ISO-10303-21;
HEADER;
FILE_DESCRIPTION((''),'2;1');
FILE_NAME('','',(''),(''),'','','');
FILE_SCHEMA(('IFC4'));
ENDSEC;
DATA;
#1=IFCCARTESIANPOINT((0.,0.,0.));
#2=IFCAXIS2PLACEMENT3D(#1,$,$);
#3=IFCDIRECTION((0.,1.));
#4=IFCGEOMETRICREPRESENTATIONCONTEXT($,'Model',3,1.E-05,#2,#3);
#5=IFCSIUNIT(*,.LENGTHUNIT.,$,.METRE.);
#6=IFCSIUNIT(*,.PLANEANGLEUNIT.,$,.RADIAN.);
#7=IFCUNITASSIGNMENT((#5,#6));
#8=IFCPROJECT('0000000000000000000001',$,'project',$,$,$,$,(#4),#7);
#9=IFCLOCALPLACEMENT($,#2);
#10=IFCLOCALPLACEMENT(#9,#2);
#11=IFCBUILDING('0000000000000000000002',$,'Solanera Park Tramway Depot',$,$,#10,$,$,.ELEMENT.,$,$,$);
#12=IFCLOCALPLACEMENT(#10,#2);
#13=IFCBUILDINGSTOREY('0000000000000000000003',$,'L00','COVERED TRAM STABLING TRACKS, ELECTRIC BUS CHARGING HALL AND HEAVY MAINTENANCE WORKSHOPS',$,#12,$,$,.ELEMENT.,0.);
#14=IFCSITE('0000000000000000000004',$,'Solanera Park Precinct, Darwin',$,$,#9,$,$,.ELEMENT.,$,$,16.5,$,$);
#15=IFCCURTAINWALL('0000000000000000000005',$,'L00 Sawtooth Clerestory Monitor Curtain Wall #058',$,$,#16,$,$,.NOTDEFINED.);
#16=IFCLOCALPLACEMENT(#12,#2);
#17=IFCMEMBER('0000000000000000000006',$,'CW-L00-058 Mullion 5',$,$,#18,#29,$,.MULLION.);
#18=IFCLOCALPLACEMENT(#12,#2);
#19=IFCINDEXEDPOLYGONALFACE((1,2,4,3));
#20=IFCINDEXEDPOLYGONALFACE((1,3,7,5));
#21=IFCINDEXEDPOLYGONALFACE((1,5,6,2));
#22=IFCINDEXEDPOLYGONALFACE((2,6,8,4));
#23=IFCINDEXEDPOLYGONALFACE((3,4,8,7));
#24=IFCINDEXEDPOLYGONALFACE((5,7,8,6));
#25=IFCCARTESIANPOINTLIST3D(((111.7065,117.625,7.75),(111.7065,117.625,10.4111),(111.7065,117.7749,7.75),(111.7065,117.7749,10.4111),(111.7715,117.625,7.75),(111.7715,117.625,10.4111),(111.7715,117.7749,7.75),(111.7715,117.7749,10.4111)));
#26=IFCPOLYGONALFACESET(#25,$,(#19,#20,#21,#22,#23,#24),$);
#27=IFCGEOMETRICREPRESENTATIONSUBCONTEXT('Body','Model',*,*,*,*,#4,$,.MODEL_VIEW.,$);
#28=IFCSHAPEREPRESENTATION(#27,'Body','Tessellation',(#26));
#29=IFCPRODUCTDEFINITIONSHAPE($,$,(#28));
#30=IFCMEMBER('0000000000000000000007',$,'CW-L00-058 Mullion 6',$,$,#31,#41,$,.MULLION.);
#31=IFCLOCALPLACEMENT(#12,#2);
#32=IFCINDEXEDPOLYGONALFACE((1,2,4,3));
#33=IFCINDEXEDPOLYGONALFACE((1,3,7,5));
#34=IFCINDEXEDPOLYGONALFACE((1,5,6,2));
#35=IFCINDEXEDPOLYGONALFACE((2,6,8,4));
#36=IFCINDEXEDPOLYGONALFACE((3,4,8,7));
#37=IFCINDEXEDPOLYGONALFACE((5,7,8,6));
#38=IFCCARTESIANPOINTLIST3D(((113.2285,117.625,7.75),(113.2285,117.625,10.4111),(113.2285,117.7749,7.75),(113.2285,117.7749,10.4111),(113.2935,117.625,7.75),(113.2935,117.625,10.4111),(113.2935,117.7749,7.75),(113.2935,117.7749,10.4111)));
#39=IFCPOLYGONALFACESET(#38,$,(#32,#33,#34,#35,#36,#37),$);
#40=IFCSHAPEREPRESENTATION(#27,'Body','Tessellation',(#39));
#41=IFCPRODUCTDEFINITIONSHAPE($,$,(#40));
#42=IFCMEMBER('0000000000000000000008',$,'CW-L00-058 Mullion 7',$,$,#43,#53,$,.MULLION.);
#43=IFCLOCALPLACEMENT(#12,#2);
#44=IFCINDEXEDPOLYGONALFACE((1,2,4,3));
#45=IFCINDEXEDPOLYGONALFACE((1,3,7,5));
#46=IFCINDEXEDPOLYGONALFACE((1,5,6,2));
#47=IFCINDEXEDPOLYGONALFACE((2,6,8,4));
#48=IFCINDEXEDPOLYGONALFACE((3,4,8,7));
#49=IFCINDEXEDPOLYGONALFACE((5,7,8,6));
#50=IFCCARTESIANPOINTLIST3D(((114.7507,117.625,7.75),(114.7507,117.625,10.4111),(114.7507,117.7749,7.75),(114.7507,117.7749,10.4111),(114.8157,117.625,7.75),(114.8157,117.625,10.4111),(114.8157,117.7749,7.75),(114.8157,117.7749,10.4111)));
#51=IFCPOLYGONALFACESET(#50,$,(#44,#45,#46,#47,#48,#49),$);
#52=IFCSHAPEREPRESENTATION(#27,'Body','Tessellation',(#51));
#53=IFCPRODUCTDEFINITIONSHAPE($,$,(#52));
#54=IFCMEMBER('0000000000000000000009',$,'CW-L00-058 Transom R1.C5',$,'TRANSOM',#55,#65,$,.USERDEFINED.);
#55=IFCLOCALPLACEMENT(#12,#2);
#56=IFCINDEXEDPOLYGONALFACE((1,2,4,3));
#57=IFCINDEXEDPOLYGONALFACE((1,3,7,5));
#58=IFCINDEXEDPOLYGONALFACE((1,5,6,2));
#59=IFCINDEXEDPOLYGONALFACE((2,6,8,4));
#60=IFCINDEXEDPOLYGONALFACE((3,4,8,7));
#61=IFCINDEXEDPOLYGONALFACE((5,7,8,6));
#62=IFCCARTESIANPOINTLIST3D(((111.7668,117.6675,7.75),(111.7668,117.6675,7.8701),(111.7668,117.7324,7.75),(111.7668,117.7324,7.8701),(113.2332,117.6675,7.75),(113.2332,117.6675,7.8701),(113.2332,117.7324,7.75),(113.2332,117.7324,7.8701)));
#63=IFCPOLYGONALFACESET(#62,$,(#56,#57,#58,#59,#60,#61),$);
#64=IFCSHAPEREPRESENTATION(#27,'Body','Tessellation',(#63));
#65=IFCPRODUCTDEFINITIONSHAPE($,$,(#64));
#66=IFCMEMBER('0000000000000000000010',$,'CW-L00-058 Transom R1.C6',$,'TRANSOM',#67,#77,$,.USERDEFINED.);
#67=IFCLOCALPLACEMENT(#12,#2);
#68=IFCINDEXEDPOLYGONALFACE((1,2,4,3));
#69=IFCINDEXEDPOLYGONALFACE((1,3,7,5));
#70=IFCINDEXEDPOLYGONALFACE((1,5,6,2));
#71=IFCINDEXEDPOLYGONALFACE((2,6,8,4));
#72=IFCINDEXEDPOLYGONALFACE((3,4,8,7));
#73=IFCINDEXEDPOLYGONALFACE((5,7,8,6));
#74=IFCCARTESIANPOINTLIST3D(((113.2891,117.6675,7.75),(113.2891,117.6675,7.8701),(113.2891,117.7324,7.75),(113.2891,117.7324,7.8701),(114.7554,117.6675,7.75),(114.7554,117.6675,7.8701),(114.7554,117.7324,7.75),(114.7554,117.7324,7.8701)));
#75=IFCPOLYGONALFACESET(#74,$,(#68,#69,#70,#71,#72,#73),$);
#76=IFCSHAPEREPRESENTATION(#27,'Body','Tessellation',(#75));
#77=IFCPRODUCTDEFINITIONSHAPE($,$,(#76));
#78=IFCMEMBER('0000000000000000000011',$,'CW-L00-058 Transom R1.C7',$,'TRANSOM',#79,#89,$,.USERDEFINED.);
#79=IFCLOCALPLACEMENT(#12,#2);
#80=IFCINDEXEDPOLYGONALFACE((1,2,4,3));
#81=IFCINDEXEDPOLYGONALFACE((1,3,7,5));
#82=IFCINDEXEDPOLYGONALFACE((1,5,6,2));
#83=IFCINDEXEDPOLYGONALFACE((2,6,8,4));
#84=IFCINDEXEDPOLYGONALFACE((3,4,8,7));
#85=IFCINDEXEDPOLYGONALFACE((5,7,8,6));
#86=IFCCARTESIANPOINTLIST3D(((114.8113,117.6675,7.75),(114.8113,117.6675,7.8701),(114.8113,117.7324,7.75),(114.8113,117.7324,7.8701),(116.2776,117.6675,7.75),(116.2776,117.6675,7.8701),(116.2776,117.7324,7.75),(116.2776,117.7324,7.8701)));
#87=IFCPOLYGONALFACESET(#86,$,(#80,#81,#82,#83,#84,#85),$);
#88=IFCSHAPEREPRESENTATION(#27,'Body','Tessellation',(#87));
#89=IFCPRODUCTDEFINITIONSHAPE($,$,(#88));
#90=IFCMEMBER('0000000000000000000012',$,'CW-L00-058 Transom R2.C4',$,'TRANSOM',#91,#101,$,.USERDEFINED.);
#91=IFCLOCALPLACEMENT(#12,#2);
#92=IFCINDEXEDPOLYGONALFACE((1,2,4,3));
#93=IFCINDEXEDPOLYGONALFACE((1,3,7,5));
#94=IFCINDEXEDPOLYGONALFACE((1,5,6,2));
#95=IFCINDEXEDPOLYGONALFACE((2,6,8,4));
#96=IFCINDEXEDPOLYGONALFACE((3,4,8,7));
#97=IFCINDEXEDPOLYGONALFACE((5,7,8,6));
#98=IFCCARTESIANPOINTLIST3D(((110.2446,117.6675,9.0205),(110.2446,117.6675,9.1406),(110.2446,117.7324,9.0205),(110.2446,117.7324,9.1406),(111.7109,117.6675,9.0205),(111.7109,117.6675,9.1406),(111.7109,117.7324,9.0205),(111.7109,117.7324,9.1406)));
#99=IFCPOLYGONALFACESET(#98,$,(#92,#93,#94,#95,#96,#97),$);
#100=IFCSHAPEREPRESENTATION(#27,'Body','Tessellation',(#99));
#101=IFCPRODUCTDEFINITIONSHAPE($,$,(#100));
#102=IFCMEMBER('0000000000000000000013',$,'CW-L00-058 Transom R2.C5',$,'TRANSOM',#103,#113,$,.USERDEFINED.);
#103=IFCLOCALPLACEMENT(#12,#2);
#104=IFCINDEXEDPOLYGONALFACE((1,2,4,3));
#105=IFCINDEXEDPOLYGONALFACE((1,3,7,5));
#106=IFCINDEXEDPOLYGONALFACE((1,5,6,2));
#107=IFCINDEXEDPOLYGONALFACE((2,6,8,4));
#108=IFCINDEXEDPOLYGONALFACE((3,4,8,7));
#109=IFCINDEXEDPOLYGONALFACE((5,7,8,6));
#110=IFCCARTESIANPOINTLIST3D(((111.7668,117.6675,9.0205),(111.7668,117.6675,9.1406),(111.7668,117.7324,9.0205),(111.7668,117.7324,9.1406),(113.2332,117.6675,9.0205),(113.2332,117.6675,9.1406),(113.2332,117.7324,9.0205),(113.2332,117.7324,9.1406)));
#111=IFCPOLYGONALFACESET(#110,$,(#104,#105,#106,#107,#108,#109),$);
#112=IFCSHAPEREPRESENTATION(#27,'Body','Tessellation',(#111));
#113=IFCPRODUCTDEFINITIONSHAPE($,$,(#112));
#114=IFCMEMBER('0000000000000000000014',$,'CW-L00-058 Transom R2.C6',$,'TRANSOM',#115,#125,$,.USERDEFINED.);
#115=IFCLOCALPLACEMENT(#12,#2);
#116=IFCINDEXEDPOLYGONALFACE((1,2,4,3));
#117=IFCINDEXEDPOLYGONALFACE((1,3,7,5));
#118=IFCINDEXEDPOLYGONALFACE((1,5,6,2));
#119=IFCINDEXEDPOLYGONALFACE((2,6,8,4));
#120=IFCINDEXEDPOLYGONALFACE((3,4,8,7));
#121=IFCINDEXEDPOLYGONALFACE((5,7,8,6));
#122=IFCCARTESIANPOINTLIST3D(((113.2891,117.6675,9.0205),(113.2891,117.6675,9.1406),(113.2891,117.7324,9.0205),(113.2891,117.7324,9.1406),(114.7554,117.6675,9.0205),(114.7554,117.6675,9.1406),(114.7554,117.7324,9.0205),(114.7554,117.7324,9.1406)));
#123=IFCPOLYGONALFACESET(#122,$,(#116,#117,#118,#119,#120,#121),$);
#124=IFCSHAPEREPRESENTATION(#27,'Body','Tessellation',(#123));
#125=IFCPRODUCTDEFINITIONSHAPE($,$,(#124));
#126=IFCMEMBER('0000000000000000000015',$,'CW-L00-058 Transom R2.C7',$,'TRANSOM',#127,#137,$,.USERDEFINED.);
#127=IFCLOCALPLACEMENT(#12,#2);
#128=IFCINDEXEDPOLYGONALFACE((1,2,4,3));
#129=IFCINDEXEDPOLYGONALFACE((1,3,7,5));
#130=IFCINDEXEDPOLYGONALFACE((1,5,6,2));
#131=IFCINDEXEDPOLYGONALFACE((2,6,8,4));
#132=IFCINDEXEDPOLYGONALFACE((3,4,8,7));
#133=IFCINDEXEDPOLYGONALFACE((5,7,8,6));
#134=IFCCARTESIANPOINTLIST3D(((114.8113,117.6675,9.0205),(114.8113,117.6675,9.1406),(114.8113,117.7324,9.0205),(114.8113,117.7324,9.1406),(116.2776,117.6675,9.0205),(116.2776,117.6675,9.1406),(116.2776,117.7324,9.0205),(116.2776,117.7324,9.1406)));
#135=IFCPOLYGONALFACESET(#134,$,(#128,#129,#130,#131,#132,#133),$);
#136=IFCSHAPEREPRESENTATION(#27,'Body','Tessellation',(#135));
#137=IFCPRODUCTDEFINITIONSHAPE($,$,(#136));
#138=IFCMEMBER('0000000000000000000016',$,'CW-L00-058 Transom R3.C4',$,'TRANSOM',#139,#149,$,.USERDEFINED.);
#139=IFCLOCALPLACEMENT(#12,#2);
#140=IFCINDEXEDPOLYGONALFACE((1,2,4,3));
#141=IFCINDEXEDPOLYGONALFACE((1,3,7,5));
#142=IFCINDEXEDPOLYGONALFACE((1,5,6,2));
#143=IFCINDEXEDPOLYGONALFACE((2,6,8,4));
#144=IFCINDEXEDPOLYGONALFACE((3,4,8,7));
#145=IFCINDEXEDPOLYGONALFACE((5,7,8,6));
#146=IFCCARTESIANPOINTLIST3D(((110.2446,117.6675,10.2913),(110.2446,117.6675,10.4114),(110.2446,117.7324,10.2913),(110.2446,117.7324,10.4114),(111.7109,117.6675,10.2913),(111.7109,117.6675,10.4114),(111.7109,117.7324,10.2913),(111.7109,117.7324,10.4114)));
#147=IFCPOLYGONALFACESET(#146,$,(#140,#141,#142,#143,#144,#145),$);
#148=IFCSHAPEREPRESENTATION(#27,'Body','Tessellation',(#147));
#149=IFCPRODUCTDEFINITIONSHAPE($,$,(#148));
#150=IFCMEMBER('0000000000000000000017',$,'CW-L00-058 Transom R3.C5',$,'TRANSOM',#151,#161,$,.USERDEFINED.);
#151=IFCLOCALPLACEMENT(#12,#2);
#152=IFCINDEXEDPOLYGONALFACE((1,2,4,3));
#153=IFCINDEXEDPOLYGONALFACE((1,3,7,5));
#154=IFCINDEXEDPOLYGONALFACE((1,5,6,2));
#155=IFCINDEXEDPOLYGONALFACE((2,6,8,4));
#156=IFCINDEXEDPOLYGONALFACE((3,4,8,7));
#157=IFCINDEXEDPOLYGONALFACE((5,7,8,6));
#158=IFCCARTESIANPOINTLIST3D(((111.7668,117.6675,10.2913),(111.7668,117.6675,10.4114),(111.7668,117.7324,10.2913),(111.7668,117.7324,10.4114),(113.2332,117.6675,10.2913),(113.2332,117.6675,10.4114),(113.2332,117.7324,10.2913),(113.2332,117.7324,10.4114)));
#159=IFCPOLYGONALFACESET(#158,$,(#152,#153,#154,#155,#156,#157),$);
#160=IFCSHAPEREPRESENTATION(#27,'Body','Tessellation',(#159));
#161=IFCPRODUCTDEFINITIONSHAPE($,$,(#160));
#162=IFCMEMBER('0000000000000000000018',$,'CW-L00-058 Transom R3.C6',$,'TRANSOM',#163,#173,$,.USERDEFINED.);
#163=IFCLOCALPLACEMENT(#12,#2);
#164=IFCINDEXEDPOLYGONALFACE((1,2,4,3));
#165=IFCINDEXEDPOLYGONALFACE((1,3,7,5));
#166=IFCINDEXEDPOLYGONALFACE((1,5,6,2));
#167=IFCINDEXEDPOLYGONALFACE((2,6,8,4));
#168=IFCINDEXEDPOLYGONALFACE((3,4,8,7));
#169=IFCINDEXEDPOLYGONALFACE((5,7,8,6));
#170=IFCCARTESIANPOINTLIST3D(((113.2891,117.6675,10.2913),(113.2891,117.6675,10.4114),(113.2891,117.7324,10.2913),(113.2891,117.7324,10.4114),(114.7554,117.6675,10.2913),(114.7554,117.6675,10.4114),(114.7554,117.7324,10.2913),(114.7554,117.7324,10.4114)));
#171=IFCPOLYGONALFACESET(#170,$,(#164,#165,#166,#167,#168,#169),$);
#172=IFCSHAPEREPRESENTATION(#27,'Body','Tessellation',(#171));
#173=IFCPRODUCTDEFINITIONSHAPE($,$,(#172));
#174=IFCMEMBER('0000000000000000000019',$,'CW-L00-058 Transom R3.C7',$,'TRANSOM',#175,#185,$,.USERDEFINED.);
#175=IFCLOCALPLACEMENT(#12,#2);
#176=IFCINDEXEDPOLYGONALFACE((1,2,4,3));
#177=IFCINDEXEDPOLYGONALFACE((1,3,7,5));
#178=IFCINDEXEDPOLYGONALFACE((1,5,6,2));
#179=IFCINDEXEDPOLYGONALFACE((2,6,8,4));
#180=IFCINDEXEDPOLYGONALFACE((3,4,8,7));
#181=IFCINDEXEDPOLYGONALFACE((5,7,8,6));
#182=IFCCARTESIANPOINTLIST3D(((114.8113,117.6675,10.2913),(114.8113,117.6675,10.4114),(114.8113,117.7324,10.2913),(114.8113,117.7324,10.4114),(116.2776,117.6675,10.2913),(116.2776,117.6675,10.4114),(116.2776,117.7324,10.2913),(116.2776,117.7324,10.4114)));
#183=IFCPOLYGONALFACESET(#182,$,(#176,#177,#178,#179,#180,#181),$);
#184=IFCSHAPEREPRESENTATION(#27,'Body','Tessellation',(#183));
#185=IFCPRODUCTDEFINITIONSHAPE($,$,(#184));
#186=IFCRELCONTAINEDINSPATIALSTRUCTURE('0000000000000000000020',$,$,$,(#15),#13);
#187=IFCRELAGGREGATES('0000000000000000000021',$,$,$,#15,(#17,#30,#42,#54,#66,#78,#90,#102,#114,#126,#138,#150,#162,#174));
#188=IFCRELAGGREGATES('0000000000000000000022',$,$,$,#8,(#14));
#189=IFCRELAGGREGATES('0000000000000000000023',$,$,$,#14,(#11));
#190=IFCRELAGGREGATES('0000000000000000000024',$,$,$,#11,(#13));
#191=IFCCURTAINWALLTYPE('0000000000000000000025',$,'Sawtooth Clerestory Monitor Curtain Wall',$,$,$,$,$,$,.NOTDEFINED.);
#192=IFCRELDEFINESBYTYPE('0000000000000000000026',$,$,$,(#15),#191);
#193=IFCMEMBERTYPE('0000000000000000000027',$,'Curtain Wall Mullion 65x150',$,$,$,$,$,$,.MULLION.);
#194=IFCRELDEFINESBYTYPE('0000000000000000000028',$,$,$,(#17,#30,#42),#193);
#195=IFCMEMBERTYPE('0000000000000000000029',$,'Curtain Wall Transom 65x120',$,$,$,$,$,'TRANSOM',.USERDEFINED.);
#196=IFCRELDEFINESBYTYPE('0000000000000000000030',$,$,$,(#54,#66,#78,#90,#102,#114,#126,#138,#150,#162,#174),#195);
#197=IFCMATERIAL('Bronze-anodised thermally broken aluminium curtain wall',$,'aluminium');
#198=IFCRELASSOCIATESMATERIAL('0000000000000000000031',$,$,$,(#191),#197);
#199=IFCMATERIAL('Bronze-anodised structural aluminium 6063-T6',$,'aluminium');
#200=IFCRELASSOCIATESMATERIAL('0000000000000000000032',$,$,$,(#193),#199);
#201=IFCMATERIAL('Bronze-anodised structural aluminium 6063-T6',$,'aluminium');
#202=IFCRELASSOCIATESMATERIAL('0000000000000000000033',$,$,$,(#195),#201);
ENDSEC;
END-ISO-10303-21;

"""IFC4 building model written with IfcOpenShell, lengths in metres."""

from ifc_helpers import new_model, si_unit, direction, frame, origin, origin_2d, place, context, subcontext, project, spatial, rectangle, extrude, material, material_profile, profile_set, type_object, element, aggregate, save


model = new_model("IFC4")

# Units and contexts
model_context = context("Model", 3, precision=1e-05, world=origin(), true_north=direction((0.0, 1.0)))
body_context = subcontext(model_context, "Body", "Model", "MODEL_VIEW")
ifc_project = project(units=[si_unit("LENGTHUNIT", "METRE"), si_unit("PLANEANGLEUNIT", "RADIAN")], contexts=[model_context])

# Site, building, storey
site_placement = place(None, origin())
site = spatial("IfcSite", under=ifc_project, at=site_placement, Name="Solanera Park Precinct, Darwin", CompositionType="ELEMENT", RefElevation=16.5)
building_placement = place(site_placement, origin())
building = spatial("IfcBuilding", under=site, at=building_placement, Name="Solanera Park Tramway Depot", CompositionType="ELEMENT")
storey_placement = place(building_placement, origin())
storey = spatial("IfcBuildingStorey", under=building, at=storey_placement, Name="L00", Description="COVERED TRAM STABLING TRACKS, ELECTRIC BUS CHARGING HALL AND HEAVY MAINTENANCE WORKSHOPS", CompositionType="ELEMENT", Elevation=0.0)

# Curtain wall, members
ifc_material_1 = material(Name="Bronze-anodised thermally broken aluminium curtain wall", Category="aluminium")
curtain_wall_type = type_object("IfcCurtainWallType", Name="Sawtooth Clerestory Monitor Curtain Wall", PredefinedType="NOTDEFINED", material=ifc_material_1)
curtain_wall_placement = place(storey_placement, origin())
curtain_wall = element("IfcCurtainWall", 1, at=curtain_wall_placement, inside=storey, type_object=curtain_wall_type, Name="L00 Sawtooth Clerestory Monitor Curtain Wall #058", PredefinedType="NOTDEFINED")
ifc_material_2 = material(Name="Bronze-anodised structural aluminium 6063-T6", Category="aluminium")
ifc_material_profile_1 = material_profile(ifc_material_2, rectangle(XDim=0.0649, YDim=0.1499, at=origin_2d()), Name="Curtain Wall Mullion 65x150")
ifc_profile_set_1 = profile_set([ifc_material_profile_1], Name="Bronze-anodised structural aluminium 6063-T6")
member_type_1 = type_object("IfcMemberType", Name="Curtain Wall Mullion 65x150", PredefinedType="MULLION", material=ifc_profile_set_1)
member_1_placement = place(storey_placement, frame((111.739, 117.7, 7.75), z_axis=(0.0, 0.0, 1.0), x_axis=(1.0, 0.0, 0.0)))
member_1 = element("IfcMember", 2, at=member_1_placement, type_object=member_type_1, Name="CW-L00-058 Mullion 5", PredefinedType="MULLION", context=body_context, shape_type="SweptSolid", body=[
    extrude(rectangle(XDim=0.0649, YDim=0.1499, at=origin_2d()), origin(), (0.0, 0.0, 1.0), 2.6611),
])
member_2_placement = place(storey_placement, frame((113.261, 117.7, 7.75), z_axis=(0.0, 0.0, 1.0), x_axis=(1.0, 0.0, 0.0)))
member_2 = element("IfcMember", 3, at=member_2_placement, type_object=member_type_1, Name="CW-L00-058 Mullion 6", PredefinedType="MULLION", context=body_context, shape_type="SweptSolid", body=[
    extrude(rectangle(XDim=0.0649, YDim=0.1499, at=origin_2d()), origin(), (0.0, 0.0, 1.0), 2.6611),
])
member_3_placement = place(storey_placement, frame((114.7832, 117.7, 7.75), z_axis=(0.0, 0.0, 1.0), x_axis=(1.0, 0.0, 0.0)))
member_3 = element("IfcMember", 4, at=member_3_placement, type_object=member_type_1, Name="CW-L00-058 Mullion 7", PredefinedType="MULLION", context=body_context, shape_type="SweptSolid", body=[
    extrude(rectangle(XDim=0.0649, YDim=0.1499, at=origin_2d()), origin(), (0.0, 0.0, 1.0), 2.6611),
])
ifc_material_3 = material(Name="Bronze-anodised structural aluminium 6063-T6", Category="aluminium")
ifc_material_profile_2 = material_profile(ifc_material_3, rectangle(XDim=0.0649, YDim=0.1201, at=origin_2d()), Name="Curtain Wall Transom 65x120")
ifc_profile_set_2 = profile_set([ifc_material_profile_2], Name="Bronze-anodised structural aluminium 6063-T6")
member_type_2 = type_object("IfcMemberType", Name="Curtain Wall Transom 65x120", ElementType="TRANSOM", PredefinedType="USERDEFINED", material=ifc_profile_set_2)
member_4_placement = place(storey_placement, frame((111.7668, 117.7, 7.8101), z_axis=(1.0, 0.0, 0.0), x_axis=(0.0, 1.0, 0.0)))
member_4 = element("IfcMember", 5, at=member_4_placement, type_object=member_type_2, Name="CW-L00-058 Transom R1.C5", ObjectType="TRANSOM", PredefinedType="USERDEFINED", context=body_context, shape_type="SweptSolid", body=[
    extrude(rectangle(XDim=0.0649, YDim=0.1201, at=origin_2d()), origin(), (0.0, 0.0, 1.0), 1.4663),
])
member_5_placement = place(storey_placement, frame((113.2891, 117.7, 7.8101), z_axis=(1.0, 0.0, 0.0), x_axis=(0.0, 1.0, 0.0)))
member_5 = element("IfcMember", 6, at=member_5_placement, type_object=member_type_2, Name="CW-L00-058 Transom R1.C6", ObjectType="TRANSOM", PredefinedType="USERDEFINED", context=body_context, shape_type="SweptSolid", body=[
    extrude(rectangle(XDim=0.0649, YDim=0.1201, at=origin_2d()), origin(), (0.0, 0.0, 1.0), 1.4663),
])
member_6_placement = place(storey_placement, frame((114.8113, 117.7, 7.8101), z_axis=(1.0, 0.0, 0.0), x_axis=(0.0, 1.0, 0.0)))
member_6 = element("IfcMember", 7, at=member_6_placement, type_object=member_type_2, Name="CW-L00-058 Transom R1.C7", ObjectType="TRANSOM", PredefinedType="USERDEFINED", context=body_context, shape_type="SweptSolid", body=[
    extrude(rectangle(XDim=0.0649, YDim=0.1201, at=origin_2d()), origin(), (0.0, 0.0, 1.0), 1.4663),
])
member_7_placement = place(storey_placement, frame((110.2446, 117.7, 9.0806), z_axis=(1.0, 0.0, 0.0), x_axis=(0.0, 1.0, 0.0)))
member_7 = element("IfcMember", 8, at=member_7_placement, type_object=member_type_2, Name="CW-L00-058 Transom R2.C4", ObjectType="TRANSOM", PredefinedType="USERDEFINED", context=body_context, shape_type="SweptSolid", body=[
    extrude(rectangle(XDim=0.0649, YDim=0.1201, at=origin_2d()), origin(), (0.0, 0.0, 1.0), 1.4663),
])
member_8_placement = place(storey_placement, frame((111.7668, 117.7, 9.0806), z_axis=(1.0, 0.0, 0.0), x_axis=(0.0, 1.0, 0.0)))
member_8 = element("IfcMember", 9, at=member_8_placement, type_object=member_type_2, Name="CW-L00-058 Transom R2.C5", ObjectType="TRANSOM", PredefinedType="USERDEFINED", context=body_context, shape_type="SweptSolid", body=[
    extrude(rectangle(XDim=0.0649, YDim=0.1201, at=origin_2d()), origin(), (0.0, 0.0, 1.0), 1.4663),
])
member_9_placement = place(storey_placement, frame((113.2891, 117.7, 9.0806), z_axis=(1.0, 0.0, 0.0), x_axis=(0.0, 1.0, 0.0)))
member_9 = element("IfcMember", 10, at=member_9_placement, type_object=member_type_2, Name="CW-L00-058 Transom R2.C6", ObjectType="TRANSOM", PredefinedType="USERDEFINED", context=body_context, shape_type="SweptSolid", body=[
    extrude(rectangle(XDim=0.0649, YDim=0.1201, at=origin_2d()), origin(), (0.0, 0.0, 1.0), 1.4663),
])
member_10_placement = place(storey_placement, frame((114.8113, 117.7, 9.0806), z_axis=(1.0, 0.0, 0.0), x_axis=(0.0, 1.0, 0.0)))
member_10 = element("IfcMember", 11, at=member_10_placement, type_object=member_type_2, Name="CW-L00-058 Transom R2.C7", ObjectType="TRANSOM", PredefinedType="USERDEFINED", context=body_context, shape_type="SweptSolid", body=[
    extrude(rectangle(XDim=0.0649, YDim=0.1201, at=origin_2d()), origin(), (0.0, 0.0, 1.0), 1.4663),
])
member_11_placement = place(storey_placement, frame((110.2446, 117.7, 10.3513), z_axis=(1.0, 0.0, 0.0), x_axis=(0.0, 1.0, 0.0)))
member_11 = element("IfcMember", 12, at=member_11_placement, type_object=member_type_2, Name="CW-L00-058 Transom R3.C4", ObjectType="TRANSOM", PredefinedType="USERDEFINED", context=body_context, shape_type="SweptSolid", body=[
    extrude(rectangle(XDim=0.0649, YDim=0.1201, at=origin_2d()), origin(), (0.0, 0.0, 1.0), 1.4663),
])
member_12_placement = place(storey_placement, frame((111.7668, 117.7, 10.3513), z_axis=(1.0, 0.0, 0.0), x_axis=(0.0, 1.0, 0.0)))
member_12 = element("IfcMember", 13, at=member_12_placement, type_object=member_type_2, Name="CW-L00-058 Transom R3.C5", ObjectType="TRANSOM", PredefinedType="USERDEFINED", context=body_context, shape_type="SweptSolid", body=[
    extrude(rectangle(XDim=0.0649, YDim=0.1201, at=origin_2d()), origin(), (0.0, 0.0, 1.0), 1.4663),
])
member_13_placement = place(storey_placement, frame((113.2891, 117.7, 10.3513), z_axis=(1.0, 0.0, 0.0), x_axis=(0.0, 1.0, 0.0)))
member_13 = element("IfcMember", 14, at=member_13_placement, type_object=member_type_2, Name="CW-L00-058 Transom R3.C6", ObjectType="TRANSOM", PredefinedType="USERDEFINED", context=body_context, shape_type="SweptSolid", body=[
    extrude(rectangle(XDim=0.0649, YDim=0.1201, at=origin_2d()), origin(), (0.0, 0.0, 1.0), 1.4663),
])
member_14_placement = place(storey_placement, frame((114.8113, 117.7, 10.3513), z_axis=(1.0, 0.0, 0.0), x_axis=(0.0, 1.0, 0.0)))
member_14 = element("IfcMember", 15, at=member_14_placement, type_object=member_type_2, Name="CW-L00-058 Transom R3.C7", ObjectType="TRANSOM", PredefinedType="USERDEFINED", context=body_context, shape_type="SweptSolid", body=[
    extrude(rectangle(XDim=0.0649, YDim=0.1201, at=origin_2d()), origin(), (0.0, 0.0, 1.0), 1.4663),
])

aggregate(curtain_wall, [member_1, member_2, member_3, member_4, member_5, member_6, member_7, member_8, member_9, member_10, member_11, member_12, member_13, member_14])

save(model, "model.ifc")
